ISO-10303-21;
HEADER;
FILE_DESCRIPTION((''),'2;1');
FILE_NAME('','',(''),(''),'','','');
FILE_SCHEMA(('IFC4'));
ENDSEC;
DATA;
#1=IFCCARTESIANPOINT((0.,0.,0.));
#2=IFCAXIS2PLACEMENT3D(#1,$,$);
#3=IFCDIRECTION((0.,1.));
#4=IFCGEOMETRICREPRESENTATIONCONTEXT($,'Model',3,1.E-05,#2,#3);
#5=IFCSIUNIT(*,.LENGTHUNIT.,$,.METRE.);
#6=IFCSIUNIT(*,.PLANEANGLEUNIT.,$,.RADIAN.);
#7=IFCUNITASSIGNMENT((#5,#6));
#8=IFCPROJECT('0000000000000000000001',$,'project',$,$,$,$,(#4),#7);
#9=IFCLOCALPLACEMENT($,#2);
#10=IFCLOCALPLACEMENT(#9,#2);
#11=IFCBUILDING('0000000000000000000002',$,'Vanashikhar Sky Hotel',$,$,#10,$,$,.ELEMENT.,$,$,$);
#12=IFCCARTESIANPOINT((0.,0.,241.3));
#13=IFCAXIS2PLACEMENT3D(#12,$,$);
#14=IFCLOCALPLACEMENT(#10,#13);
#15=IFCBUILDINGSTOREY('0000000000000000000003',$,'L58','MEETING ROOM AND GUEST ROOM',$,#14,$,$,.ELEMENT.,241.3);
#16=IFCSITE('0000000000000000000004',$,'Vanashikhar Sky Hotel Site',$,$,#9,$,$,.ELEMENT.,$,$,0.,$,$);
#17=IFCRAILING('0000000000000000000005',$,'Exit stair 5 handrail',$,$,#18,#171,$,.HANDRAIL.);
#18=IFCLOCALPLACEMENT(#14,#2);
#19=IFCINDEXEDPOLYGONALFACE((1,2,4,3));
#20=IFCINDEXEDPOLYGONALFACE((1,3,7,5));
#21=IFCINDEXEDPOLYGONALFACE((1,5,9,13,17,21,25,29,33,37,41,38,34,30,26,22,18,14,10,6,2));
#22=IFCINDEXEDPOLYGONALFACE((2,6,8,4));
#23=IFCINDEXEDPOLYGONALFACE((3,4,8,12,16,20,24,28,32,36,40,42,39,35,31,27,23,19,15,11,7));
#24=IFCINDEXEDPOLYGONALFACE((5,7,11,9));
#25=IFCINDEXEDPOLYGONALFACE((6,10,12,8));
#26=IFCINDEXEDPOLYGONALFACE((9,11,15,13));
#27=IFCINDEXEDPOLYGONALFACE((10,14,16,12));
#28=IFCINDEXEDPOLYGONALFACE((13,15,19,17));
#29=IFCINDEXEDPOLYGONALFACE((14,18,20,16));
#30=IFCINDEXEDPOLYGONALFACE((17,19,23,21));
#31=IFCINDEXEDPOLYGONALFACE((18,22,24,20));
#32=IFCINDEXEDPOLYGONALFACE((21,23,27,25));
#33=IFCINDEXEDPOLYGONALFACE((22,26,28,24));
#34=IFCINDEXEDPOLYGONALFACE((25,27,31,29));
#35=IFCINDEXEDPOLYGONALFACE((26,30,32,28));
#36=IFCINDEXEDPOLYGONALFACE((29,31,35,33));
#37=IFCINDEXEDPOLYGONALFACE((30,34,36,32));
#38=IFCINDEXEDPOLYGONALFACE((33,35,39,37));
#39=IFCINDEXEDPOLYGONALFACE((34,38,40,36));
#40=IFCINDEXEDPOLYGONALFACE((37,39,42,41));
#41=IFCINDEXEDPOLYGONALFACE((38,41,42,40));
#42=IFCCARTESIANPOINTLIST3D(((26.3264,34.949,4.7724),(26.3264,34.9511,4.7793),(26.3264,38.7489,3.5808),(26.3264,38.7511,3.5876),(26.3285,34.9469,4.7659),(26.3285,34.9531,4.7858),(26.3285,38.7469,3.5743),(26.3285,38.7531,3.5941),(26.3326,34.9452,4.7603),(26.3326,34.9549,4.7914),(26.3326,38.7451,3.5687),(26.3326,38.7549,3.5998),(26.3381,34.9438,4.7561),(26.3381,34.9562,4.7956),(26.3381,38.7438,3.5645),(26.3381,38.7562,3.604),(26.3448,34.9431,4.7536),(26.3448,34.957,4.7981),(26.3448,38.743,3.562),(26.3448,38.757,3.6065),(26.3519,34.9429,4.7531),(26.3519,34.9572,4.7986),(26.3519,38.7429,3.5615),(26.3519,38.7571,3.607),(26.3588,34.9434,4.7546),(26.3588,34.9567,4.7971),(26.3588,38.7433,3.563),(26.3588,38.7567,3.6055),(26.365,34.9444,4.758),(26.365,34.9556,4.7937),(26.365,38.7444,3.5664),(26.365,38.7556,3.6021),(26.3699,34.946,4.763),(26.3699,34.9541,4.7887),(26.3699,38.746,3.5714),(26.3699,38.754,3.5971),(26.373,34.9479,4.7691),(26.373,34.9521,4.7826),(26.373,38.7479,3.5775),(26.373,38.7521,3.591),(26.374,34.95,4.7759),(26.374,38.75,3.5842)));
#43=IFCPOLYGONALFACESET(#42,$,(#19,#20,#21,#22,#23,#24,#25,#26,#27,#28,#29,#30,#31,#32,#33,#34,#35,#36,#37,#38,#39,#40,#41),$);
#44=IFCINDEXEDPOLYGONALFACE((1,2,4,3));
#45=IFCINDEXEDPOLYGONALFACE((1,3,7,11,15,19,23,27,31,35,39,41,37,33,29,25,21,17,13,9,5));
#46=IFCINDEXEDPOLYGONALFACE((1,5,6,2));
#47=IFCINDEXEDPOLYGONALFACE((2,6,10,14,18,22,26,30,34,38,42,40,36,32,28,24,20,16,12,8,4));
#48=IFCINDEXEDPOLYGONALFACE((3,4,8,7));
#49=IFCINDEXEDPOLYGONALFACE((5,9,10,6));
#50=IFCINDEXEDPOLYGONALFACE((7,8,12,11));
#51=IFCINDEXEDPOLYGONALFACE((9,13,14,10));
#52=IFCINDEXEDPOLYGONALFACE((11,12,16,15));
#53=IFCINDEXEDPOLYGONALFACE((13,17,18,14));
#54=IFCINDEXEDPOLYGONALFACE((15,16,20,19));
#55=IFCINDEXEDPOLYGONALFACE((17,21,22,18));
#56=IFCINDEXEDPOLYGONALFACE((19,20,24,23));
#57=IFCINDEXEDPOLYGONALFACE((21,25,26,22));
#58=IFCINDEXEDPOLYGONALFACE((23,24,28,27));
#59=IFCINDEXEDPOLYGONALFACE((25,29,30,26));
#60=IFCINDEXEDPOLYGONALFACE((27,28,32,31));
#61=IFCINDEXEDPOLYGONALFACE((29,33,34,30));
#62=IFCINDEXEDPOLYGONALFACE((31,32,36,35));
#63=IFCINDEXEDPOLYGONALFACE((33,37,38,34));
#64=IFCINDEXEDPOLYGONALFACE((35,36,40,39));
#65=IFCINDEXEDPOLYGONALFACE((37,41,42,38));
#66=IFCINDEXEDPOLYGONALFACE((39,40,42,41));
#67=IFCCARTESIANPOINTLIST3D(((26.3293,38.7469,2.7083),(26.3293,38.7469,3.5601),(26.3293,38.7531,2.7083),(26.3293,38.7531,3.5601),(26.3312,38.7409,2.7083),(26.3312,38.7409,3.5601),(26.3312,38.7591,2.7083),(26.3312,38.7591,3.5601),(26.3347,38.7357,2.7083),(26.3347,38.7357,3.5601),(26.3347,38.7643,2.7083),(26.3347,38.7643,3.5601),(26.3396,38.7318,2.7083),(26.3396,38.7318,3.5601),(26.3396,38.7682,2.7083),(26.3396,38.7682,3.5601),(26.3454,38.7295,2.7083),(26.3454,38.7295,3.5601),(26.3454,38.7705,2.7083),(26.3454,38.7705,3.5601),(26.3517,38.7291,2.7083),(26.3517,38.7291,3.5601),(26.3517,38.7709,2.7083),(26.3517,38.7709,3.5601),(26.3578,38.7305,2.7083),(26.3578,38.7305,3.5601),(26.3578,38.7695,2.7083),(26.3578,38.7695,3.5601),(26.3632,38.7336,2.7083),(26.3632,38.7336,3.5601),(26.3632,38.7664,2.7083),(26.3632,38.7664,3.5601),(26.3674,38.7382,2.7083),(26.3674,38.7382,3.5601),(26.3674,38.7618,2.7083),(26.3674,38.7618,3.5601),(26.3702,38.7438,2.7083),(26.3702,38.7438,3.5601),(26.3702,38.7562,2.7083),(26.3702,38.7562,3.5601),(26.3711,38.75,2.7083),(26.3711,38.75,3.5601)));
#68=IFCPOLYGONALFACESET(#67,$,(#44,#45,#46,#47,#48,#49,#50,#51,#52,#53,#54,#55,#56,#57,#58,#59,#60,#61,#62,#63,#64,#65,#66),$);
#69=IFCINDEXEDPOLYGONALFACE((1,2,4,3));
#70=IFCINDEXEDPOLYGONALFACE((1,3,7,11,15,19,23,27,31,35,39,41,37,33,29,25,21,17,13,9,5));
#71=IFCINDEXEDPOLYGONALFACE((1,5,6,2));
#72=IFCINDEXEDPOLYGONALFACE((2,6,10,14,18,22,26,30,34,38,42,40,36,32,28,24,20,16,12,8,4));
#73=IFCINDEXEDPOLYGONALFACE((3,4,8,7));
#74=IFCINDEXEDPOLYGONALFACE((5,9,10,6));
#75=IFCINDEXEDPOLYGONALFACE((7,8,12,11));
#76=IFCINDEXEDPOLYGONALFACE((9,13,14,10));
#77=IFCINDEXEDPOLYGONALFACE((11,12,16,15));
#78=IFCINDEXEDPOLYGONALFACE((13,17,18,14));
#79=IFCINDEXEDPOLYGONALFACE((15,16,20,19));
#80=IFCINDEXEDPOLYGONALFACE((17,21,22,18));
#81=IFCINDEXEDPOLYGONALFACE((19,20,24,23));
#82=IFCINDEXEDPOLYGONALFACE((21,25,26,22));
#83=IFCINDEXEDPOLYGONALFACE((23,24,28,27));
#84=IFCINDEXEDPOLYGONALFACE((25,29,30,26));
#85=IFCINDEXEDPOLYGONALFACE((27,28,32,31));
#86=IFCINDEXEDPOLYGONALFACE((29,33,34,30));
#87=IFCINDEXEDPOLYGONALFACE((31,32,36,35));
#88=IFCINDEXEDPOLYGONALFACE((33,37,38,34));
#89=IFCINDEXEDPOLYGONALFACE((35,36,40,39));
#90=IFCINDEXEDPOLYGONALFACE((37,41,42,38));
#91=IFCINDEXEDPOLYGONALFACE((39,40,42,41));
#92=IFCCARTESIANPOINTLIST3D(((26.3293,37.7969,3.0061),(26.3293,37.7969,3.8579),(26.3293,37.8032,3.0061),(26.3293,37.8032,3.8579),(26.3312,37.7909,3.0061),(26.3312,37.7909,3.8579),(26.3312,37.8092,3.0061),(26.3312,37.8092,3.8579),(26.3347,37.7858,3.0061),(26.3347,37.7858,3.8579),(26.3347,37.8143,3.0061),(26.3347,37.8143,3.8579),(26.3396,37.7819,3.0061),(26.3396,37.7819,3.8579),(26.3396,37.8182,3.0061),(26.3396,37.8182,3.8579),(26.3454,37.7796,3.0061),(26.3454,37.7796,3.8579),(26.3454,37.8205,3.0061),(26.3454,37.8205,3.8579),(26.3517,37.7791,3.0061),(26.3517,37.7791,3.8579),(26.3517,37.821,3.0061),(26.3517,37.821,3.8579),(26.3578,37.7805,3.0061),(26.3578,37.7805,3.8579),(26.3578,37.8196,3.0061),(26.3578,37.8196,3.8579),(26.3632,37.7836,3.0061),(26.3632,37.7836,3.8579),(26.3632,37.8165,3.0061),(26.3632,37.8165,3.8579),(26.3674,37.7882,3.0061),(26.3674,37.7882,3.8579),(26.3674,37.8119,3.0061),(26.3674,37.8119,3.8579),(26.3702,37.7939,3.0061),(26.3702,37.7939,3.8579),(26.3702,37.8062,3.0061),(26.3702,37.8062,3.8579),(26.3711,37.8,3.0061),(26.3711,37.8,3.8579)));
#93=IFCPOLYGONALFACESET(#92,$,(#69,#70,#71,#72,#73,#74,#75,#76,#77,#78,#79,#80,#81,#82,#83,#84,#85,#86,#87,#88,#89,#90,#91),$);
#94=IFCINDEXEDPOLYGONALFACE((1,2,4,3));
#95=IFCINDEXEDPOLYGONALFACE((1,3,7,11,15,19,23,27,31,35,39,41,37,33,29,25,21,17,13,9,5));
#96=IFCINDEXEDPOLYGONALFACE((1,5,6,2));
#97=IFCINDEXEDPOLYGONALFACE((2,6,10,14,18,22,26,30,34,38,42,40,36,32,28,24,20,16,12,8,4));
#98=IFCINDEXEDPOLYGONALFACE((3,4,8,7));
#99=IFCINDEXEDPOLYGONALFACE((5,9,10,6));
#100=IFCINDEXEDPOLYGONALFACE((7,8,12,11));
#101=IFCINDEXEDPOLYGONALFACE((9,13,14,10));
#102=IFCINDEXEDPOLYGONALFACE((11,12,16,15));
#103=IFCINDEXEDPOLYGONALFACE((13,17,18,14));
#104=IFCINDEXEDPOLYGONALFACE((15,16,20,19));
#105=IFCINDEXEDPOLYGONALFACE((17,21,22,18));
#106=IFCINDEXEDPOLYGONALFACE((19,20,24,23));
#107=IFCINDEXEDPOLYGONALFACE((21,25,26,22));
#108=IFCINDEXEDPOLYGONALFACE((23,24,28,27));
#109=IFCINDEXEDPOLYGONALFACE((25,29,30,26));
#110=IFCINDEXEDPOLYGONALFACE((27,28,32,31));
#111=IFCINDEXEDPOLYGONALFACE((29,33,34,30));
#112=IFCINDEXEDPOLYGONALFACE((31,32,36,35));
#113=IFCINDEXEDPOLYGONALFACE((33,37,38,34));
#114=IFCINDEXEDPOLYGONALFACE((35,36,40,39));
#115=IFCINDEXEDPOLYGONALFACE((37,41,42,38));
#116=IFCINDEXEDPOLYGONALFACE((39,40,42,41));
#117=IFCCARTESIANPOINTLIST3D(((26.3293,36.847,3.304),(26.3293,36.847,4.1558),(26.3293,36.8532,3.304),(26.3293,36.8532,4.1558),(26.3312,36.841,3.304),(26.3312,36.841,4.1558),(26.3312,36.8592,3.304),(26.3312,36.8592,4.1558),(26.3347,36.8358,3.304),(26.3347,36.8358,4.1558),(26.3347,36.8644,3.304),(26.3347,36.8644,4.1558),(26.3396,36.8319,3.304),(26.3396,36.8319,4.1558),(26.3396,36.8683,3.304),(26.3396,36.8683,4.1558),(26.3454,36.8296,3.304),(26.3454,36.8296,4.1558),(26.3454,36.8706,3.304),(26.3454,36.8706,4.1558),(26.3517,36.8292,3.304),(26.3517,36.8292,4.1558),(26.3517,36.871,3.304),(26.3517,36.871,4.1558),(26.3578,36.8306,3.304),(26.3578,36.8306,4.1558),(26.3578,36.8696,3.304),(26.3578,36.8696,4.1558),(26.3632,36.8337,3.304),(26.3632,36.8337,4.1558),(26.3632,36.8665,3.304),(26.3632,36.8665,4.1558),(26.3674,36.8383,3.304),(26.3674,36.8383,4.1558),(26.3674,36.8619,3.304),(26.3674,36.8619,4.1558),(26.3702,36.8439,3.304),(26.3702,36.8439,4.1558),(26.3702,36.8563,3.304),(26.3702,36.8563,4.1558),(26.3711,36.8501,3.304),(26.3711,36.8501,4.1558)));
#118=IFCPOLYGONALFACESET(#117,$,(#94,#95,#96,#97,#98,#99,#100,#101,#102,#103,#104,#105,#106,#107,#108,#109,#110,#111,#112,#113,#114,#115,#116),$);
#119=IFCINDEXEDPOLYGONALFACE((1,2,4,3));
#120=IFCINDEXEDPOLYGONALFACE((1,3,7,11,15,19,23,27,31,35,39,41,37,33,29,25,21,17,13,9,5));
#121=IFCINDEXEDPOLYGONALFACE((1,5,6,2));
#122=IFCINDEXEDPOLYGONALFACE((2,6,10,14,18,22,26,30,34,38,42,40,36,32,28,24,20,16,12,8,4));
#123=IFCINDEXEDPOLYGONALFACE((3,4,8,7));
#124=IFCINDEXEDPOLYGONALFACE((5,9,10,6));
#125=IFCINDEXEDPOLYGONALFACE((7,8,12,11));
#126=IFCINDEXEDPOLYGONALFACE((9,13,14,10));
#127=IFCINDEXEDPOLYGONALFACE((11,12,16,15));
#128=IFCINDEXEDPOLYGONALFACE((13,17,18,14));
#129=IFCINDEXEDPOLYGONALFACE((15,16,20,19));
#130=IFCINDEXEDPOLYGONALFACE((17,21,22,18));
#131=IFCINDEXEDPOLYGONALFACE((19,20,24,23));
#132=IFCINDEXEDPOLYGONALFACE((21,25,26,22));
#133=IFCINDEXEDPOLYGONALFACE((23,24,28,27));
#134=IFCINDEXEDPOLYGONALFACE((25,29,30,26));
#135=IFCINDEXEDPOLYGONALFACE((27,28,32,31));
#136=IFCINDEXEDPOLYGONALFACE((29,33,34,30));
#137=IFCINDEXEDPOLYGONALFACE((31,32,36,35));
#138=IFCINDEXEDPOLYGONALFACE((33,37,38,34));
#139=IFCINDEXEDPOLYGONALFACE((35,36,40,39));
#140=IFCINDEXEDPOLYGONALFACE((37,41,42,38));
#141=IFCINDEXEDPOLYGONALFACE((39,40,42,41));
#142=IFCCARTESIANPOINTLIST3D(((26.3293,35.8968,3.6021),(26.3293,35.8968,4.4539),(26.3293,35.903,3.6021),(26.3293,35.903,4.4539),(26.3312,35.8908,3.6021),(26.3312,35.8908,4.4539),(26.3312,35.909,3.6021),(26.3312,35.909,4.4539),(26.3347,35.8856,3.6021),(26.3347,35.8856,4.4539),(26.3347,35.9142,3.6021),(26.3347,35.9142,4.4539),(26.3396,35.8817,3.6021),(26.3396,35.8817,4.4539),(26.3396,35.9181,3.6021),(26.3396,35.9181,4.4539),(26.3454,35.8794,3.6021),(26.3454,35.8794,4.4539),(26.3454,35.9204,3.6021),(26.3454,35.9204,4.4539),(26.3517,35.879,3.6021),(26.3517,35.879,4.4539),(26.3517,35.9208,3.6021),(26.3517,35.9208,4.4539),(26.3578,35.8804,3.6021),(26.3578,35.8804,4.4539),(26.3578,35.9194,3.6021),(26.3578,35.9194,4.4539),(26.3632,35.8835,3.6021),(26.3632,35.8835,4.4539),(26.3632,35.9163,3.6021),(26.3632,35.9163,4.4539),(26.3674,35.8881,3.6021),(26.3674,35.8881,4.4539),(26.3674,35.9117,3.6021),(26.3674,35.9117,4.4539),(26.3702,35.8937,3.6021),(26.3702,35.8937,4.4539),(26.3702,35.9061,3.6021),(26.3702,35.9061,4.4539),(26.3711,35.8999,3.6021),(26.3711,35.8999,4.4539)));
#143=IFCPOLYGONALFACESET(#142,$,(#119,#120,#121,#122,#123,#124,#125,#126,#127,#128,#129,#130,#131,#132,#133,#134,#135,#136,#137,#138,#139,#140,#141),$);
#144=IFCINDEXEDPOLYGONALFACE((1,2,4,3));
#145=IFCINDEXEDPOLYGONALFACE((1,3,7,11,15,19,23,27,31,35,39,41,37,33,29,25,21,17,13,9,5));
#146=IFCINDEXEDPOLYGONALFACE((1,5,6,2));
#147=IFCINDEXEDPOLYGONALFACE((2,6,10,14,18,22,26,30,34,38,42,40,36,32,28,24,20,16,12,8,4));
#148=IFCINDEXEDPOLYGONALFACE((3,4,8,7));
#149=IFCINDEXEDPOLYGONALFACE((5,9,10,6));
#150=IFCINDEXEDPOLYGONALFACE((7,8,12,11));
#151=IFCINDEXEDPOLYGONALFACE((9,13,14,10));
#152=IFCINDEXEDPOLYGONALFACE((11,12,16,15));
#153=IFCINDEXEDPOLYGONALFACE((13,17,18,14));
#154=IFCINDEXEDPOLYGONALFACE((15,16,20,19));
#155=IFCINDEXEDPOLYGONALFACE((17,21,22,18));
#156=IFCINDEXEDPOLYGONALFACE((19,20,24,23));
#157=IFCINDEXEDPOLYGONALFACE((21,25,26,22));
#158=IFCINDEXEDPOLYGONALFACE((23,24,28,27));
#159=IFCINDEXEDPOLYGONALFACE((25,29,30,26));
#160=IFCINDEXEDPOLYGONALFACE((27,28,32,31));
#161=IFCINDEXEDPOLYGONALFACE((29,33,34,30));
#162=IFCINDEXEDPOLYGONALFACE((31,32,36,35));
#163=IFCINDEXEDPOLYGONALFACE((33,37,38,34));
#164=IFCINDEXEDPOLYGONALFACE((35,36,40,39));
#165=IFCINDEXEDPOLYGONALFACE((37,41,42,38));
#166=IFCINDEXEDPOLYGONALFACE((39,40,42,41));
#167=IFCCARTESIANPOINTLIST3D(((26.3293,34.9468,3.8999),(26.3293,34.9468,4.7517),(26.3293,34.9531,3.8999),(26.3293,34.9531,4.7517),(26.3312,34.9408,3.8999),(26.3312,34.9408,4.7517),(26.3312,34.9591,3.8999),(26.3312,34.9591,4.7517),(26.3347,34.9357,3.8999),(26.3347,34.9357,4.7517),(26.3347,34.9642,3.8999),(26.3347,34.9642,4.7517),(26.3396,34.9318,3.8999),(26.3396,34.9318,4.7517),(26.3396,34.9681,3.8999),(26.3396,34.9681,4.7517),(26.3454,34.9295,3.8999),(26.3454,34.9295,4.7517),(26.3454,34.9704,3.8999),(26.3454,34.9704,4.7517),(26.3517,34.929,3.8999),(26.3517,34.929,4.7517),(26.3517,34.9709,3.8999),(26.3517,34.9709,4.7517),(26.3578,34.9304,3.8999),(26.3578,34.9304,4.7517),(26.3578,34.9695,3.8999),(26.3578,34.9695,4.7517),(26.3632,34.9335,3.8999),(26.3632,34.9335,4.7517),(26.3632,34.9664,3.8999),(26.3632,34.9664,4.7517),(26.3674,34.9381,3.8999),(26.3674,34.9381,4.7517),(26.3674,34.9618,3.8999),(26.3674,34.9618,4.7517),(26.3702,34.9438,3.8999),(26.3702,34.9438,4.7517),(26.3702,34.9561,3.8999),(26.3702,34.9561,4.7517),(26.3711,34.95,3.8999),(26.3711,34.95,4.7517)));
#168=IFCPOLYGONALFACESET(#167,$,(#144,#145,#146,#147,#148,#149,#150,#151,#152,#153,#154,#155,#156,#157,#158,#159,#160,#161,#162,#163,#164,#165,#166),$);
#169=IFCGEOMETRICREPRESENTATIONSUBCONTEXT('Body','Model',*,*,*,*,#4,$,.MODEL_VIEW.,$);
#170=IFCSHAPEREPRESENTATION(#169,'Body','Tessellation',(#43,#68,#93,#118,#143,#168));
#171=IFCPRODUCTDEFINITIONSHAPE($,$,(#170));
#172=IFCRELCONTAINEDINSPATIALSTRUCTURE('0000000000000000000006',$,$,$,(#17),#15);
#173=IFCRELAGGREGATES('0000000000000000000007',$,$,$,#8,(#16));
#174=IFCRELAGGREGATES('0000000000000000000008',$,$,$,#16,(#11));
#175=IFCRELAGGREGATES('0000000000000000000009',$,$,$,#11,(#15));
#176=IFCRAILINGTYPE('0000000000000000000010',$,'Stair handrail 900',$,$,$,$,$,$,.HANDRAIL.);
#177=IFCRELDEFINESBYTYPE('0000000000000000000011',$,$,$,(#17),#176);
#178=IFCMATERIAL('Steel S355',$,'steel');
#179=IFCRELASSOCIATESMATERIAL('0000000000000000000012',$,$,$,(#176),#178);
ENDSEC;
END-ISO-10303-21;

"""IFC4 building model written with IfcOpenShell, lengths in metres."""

from ifc_helpers import new_model, si_unit, direction, frame, origin, origin_2d, place, context, subcontext, project, spatial, circle, extrude, source, transform, mapped, material, type_object, element, save


model = new_model("IFC4")

# Units and contexts
model_context = context("Model", 3, precision=1e-05, world=origin(), true_north=direction((0.0, 1.0)))
body_context = subcontext(model_context, "Body", "Model", "MODEL_VIEW")
ifc_project = project(units=[si_unit("LENGTHUNIT", "METRE"), si_unit("PLANEANGLEUNIT", "RADIAN")], contexts=[model_context])

# Site, building, storey
site_placement = place(None, origin())
site = spatial("IfcSite", under=ifc_project, at=site_placement, Name="Vanashikhar Sky Hotel Site", CompositionType="ELEMENT", RefElevation=0.0)
building_placement = place(site_placement, origin())
building = spatial("IfcBuilding", under=site, at=building_placement, Name="Vanashikhar Sky Hotel", CompositionType="ELEMENT")
storey_placement = place(building_placement, frame((0.0, 0.0, 241.3)))
storey = spatial("IfcBuildingStorey", under=building, at=storey_placement, Name="L58", Description="MEETING ROOM AND GUEST ROOM", CompositionType="ELEMENT", Elevation=241.3)

# Railing
ifc_material_1 = material(Name="Steel S355", Category="steel")
railing_type_1 = type_object("IfcRailingType", Name="Stair handrail 900", PredefinedType="HANDRAIL", material=ifc_material_1)
shared_shape_1 = source(origin(), body_context, "Body", "SweptSolid", [
    extrude(circle(Radius=0.0239, at=origin_2d()), frame((0.0, 0.0, 0.876), z_axis=(0.0, -0.954184, 0.299221), x_axis=(1.0, 0.0, 0.0)), (0.0, 0.0, 1.0), 3.9824),
    extrude(circle(Radius=0.021, at=origin_2d()), origin(), (0.0, 0.0, 1.0), 0.8518),
    extrude(circle(Radius=0.021, at=origin_2d()), frame((0.0, -0.95, 0.2979)), (0.0, 0.0, 1.0), 0.8518),
    extrude(circle(Radius=0.021, at=origin_2d()), frame((0.0, -1.8999, 0.5957)), (0.0, 0.0, 1.0), 0.8518),
    extrude(circle(Radius=0.021, at=origin_2d()), frame((0.0, -2.8501, 0.8938)), (0.0, 0.0, 1.0), 0.8518),
    extrude(circle(Radius=0.021, at=origin_2d()), frame((0.0, -3.8, 1.1917)), (0.0, 0.0, 1.0), 0.8518),
])
for number, where, name in (
    (1, (26.3501, 38.75, 2.7083), "Exit stair 5 handrail"),
):
    element("IfcRailing", number, at=place(storey_placement, frame(where)), inside=storey, type_object=railing_type_1, Name=name, PredefinedType="HANDRAIL", context=body_context, shape_type="MappedRepresentation", body=[
        mapped(shared_shape_1, transform((0.0, 0.0, 0.0), scale=1.0)),
    ])

save(model, "model.ifc")
